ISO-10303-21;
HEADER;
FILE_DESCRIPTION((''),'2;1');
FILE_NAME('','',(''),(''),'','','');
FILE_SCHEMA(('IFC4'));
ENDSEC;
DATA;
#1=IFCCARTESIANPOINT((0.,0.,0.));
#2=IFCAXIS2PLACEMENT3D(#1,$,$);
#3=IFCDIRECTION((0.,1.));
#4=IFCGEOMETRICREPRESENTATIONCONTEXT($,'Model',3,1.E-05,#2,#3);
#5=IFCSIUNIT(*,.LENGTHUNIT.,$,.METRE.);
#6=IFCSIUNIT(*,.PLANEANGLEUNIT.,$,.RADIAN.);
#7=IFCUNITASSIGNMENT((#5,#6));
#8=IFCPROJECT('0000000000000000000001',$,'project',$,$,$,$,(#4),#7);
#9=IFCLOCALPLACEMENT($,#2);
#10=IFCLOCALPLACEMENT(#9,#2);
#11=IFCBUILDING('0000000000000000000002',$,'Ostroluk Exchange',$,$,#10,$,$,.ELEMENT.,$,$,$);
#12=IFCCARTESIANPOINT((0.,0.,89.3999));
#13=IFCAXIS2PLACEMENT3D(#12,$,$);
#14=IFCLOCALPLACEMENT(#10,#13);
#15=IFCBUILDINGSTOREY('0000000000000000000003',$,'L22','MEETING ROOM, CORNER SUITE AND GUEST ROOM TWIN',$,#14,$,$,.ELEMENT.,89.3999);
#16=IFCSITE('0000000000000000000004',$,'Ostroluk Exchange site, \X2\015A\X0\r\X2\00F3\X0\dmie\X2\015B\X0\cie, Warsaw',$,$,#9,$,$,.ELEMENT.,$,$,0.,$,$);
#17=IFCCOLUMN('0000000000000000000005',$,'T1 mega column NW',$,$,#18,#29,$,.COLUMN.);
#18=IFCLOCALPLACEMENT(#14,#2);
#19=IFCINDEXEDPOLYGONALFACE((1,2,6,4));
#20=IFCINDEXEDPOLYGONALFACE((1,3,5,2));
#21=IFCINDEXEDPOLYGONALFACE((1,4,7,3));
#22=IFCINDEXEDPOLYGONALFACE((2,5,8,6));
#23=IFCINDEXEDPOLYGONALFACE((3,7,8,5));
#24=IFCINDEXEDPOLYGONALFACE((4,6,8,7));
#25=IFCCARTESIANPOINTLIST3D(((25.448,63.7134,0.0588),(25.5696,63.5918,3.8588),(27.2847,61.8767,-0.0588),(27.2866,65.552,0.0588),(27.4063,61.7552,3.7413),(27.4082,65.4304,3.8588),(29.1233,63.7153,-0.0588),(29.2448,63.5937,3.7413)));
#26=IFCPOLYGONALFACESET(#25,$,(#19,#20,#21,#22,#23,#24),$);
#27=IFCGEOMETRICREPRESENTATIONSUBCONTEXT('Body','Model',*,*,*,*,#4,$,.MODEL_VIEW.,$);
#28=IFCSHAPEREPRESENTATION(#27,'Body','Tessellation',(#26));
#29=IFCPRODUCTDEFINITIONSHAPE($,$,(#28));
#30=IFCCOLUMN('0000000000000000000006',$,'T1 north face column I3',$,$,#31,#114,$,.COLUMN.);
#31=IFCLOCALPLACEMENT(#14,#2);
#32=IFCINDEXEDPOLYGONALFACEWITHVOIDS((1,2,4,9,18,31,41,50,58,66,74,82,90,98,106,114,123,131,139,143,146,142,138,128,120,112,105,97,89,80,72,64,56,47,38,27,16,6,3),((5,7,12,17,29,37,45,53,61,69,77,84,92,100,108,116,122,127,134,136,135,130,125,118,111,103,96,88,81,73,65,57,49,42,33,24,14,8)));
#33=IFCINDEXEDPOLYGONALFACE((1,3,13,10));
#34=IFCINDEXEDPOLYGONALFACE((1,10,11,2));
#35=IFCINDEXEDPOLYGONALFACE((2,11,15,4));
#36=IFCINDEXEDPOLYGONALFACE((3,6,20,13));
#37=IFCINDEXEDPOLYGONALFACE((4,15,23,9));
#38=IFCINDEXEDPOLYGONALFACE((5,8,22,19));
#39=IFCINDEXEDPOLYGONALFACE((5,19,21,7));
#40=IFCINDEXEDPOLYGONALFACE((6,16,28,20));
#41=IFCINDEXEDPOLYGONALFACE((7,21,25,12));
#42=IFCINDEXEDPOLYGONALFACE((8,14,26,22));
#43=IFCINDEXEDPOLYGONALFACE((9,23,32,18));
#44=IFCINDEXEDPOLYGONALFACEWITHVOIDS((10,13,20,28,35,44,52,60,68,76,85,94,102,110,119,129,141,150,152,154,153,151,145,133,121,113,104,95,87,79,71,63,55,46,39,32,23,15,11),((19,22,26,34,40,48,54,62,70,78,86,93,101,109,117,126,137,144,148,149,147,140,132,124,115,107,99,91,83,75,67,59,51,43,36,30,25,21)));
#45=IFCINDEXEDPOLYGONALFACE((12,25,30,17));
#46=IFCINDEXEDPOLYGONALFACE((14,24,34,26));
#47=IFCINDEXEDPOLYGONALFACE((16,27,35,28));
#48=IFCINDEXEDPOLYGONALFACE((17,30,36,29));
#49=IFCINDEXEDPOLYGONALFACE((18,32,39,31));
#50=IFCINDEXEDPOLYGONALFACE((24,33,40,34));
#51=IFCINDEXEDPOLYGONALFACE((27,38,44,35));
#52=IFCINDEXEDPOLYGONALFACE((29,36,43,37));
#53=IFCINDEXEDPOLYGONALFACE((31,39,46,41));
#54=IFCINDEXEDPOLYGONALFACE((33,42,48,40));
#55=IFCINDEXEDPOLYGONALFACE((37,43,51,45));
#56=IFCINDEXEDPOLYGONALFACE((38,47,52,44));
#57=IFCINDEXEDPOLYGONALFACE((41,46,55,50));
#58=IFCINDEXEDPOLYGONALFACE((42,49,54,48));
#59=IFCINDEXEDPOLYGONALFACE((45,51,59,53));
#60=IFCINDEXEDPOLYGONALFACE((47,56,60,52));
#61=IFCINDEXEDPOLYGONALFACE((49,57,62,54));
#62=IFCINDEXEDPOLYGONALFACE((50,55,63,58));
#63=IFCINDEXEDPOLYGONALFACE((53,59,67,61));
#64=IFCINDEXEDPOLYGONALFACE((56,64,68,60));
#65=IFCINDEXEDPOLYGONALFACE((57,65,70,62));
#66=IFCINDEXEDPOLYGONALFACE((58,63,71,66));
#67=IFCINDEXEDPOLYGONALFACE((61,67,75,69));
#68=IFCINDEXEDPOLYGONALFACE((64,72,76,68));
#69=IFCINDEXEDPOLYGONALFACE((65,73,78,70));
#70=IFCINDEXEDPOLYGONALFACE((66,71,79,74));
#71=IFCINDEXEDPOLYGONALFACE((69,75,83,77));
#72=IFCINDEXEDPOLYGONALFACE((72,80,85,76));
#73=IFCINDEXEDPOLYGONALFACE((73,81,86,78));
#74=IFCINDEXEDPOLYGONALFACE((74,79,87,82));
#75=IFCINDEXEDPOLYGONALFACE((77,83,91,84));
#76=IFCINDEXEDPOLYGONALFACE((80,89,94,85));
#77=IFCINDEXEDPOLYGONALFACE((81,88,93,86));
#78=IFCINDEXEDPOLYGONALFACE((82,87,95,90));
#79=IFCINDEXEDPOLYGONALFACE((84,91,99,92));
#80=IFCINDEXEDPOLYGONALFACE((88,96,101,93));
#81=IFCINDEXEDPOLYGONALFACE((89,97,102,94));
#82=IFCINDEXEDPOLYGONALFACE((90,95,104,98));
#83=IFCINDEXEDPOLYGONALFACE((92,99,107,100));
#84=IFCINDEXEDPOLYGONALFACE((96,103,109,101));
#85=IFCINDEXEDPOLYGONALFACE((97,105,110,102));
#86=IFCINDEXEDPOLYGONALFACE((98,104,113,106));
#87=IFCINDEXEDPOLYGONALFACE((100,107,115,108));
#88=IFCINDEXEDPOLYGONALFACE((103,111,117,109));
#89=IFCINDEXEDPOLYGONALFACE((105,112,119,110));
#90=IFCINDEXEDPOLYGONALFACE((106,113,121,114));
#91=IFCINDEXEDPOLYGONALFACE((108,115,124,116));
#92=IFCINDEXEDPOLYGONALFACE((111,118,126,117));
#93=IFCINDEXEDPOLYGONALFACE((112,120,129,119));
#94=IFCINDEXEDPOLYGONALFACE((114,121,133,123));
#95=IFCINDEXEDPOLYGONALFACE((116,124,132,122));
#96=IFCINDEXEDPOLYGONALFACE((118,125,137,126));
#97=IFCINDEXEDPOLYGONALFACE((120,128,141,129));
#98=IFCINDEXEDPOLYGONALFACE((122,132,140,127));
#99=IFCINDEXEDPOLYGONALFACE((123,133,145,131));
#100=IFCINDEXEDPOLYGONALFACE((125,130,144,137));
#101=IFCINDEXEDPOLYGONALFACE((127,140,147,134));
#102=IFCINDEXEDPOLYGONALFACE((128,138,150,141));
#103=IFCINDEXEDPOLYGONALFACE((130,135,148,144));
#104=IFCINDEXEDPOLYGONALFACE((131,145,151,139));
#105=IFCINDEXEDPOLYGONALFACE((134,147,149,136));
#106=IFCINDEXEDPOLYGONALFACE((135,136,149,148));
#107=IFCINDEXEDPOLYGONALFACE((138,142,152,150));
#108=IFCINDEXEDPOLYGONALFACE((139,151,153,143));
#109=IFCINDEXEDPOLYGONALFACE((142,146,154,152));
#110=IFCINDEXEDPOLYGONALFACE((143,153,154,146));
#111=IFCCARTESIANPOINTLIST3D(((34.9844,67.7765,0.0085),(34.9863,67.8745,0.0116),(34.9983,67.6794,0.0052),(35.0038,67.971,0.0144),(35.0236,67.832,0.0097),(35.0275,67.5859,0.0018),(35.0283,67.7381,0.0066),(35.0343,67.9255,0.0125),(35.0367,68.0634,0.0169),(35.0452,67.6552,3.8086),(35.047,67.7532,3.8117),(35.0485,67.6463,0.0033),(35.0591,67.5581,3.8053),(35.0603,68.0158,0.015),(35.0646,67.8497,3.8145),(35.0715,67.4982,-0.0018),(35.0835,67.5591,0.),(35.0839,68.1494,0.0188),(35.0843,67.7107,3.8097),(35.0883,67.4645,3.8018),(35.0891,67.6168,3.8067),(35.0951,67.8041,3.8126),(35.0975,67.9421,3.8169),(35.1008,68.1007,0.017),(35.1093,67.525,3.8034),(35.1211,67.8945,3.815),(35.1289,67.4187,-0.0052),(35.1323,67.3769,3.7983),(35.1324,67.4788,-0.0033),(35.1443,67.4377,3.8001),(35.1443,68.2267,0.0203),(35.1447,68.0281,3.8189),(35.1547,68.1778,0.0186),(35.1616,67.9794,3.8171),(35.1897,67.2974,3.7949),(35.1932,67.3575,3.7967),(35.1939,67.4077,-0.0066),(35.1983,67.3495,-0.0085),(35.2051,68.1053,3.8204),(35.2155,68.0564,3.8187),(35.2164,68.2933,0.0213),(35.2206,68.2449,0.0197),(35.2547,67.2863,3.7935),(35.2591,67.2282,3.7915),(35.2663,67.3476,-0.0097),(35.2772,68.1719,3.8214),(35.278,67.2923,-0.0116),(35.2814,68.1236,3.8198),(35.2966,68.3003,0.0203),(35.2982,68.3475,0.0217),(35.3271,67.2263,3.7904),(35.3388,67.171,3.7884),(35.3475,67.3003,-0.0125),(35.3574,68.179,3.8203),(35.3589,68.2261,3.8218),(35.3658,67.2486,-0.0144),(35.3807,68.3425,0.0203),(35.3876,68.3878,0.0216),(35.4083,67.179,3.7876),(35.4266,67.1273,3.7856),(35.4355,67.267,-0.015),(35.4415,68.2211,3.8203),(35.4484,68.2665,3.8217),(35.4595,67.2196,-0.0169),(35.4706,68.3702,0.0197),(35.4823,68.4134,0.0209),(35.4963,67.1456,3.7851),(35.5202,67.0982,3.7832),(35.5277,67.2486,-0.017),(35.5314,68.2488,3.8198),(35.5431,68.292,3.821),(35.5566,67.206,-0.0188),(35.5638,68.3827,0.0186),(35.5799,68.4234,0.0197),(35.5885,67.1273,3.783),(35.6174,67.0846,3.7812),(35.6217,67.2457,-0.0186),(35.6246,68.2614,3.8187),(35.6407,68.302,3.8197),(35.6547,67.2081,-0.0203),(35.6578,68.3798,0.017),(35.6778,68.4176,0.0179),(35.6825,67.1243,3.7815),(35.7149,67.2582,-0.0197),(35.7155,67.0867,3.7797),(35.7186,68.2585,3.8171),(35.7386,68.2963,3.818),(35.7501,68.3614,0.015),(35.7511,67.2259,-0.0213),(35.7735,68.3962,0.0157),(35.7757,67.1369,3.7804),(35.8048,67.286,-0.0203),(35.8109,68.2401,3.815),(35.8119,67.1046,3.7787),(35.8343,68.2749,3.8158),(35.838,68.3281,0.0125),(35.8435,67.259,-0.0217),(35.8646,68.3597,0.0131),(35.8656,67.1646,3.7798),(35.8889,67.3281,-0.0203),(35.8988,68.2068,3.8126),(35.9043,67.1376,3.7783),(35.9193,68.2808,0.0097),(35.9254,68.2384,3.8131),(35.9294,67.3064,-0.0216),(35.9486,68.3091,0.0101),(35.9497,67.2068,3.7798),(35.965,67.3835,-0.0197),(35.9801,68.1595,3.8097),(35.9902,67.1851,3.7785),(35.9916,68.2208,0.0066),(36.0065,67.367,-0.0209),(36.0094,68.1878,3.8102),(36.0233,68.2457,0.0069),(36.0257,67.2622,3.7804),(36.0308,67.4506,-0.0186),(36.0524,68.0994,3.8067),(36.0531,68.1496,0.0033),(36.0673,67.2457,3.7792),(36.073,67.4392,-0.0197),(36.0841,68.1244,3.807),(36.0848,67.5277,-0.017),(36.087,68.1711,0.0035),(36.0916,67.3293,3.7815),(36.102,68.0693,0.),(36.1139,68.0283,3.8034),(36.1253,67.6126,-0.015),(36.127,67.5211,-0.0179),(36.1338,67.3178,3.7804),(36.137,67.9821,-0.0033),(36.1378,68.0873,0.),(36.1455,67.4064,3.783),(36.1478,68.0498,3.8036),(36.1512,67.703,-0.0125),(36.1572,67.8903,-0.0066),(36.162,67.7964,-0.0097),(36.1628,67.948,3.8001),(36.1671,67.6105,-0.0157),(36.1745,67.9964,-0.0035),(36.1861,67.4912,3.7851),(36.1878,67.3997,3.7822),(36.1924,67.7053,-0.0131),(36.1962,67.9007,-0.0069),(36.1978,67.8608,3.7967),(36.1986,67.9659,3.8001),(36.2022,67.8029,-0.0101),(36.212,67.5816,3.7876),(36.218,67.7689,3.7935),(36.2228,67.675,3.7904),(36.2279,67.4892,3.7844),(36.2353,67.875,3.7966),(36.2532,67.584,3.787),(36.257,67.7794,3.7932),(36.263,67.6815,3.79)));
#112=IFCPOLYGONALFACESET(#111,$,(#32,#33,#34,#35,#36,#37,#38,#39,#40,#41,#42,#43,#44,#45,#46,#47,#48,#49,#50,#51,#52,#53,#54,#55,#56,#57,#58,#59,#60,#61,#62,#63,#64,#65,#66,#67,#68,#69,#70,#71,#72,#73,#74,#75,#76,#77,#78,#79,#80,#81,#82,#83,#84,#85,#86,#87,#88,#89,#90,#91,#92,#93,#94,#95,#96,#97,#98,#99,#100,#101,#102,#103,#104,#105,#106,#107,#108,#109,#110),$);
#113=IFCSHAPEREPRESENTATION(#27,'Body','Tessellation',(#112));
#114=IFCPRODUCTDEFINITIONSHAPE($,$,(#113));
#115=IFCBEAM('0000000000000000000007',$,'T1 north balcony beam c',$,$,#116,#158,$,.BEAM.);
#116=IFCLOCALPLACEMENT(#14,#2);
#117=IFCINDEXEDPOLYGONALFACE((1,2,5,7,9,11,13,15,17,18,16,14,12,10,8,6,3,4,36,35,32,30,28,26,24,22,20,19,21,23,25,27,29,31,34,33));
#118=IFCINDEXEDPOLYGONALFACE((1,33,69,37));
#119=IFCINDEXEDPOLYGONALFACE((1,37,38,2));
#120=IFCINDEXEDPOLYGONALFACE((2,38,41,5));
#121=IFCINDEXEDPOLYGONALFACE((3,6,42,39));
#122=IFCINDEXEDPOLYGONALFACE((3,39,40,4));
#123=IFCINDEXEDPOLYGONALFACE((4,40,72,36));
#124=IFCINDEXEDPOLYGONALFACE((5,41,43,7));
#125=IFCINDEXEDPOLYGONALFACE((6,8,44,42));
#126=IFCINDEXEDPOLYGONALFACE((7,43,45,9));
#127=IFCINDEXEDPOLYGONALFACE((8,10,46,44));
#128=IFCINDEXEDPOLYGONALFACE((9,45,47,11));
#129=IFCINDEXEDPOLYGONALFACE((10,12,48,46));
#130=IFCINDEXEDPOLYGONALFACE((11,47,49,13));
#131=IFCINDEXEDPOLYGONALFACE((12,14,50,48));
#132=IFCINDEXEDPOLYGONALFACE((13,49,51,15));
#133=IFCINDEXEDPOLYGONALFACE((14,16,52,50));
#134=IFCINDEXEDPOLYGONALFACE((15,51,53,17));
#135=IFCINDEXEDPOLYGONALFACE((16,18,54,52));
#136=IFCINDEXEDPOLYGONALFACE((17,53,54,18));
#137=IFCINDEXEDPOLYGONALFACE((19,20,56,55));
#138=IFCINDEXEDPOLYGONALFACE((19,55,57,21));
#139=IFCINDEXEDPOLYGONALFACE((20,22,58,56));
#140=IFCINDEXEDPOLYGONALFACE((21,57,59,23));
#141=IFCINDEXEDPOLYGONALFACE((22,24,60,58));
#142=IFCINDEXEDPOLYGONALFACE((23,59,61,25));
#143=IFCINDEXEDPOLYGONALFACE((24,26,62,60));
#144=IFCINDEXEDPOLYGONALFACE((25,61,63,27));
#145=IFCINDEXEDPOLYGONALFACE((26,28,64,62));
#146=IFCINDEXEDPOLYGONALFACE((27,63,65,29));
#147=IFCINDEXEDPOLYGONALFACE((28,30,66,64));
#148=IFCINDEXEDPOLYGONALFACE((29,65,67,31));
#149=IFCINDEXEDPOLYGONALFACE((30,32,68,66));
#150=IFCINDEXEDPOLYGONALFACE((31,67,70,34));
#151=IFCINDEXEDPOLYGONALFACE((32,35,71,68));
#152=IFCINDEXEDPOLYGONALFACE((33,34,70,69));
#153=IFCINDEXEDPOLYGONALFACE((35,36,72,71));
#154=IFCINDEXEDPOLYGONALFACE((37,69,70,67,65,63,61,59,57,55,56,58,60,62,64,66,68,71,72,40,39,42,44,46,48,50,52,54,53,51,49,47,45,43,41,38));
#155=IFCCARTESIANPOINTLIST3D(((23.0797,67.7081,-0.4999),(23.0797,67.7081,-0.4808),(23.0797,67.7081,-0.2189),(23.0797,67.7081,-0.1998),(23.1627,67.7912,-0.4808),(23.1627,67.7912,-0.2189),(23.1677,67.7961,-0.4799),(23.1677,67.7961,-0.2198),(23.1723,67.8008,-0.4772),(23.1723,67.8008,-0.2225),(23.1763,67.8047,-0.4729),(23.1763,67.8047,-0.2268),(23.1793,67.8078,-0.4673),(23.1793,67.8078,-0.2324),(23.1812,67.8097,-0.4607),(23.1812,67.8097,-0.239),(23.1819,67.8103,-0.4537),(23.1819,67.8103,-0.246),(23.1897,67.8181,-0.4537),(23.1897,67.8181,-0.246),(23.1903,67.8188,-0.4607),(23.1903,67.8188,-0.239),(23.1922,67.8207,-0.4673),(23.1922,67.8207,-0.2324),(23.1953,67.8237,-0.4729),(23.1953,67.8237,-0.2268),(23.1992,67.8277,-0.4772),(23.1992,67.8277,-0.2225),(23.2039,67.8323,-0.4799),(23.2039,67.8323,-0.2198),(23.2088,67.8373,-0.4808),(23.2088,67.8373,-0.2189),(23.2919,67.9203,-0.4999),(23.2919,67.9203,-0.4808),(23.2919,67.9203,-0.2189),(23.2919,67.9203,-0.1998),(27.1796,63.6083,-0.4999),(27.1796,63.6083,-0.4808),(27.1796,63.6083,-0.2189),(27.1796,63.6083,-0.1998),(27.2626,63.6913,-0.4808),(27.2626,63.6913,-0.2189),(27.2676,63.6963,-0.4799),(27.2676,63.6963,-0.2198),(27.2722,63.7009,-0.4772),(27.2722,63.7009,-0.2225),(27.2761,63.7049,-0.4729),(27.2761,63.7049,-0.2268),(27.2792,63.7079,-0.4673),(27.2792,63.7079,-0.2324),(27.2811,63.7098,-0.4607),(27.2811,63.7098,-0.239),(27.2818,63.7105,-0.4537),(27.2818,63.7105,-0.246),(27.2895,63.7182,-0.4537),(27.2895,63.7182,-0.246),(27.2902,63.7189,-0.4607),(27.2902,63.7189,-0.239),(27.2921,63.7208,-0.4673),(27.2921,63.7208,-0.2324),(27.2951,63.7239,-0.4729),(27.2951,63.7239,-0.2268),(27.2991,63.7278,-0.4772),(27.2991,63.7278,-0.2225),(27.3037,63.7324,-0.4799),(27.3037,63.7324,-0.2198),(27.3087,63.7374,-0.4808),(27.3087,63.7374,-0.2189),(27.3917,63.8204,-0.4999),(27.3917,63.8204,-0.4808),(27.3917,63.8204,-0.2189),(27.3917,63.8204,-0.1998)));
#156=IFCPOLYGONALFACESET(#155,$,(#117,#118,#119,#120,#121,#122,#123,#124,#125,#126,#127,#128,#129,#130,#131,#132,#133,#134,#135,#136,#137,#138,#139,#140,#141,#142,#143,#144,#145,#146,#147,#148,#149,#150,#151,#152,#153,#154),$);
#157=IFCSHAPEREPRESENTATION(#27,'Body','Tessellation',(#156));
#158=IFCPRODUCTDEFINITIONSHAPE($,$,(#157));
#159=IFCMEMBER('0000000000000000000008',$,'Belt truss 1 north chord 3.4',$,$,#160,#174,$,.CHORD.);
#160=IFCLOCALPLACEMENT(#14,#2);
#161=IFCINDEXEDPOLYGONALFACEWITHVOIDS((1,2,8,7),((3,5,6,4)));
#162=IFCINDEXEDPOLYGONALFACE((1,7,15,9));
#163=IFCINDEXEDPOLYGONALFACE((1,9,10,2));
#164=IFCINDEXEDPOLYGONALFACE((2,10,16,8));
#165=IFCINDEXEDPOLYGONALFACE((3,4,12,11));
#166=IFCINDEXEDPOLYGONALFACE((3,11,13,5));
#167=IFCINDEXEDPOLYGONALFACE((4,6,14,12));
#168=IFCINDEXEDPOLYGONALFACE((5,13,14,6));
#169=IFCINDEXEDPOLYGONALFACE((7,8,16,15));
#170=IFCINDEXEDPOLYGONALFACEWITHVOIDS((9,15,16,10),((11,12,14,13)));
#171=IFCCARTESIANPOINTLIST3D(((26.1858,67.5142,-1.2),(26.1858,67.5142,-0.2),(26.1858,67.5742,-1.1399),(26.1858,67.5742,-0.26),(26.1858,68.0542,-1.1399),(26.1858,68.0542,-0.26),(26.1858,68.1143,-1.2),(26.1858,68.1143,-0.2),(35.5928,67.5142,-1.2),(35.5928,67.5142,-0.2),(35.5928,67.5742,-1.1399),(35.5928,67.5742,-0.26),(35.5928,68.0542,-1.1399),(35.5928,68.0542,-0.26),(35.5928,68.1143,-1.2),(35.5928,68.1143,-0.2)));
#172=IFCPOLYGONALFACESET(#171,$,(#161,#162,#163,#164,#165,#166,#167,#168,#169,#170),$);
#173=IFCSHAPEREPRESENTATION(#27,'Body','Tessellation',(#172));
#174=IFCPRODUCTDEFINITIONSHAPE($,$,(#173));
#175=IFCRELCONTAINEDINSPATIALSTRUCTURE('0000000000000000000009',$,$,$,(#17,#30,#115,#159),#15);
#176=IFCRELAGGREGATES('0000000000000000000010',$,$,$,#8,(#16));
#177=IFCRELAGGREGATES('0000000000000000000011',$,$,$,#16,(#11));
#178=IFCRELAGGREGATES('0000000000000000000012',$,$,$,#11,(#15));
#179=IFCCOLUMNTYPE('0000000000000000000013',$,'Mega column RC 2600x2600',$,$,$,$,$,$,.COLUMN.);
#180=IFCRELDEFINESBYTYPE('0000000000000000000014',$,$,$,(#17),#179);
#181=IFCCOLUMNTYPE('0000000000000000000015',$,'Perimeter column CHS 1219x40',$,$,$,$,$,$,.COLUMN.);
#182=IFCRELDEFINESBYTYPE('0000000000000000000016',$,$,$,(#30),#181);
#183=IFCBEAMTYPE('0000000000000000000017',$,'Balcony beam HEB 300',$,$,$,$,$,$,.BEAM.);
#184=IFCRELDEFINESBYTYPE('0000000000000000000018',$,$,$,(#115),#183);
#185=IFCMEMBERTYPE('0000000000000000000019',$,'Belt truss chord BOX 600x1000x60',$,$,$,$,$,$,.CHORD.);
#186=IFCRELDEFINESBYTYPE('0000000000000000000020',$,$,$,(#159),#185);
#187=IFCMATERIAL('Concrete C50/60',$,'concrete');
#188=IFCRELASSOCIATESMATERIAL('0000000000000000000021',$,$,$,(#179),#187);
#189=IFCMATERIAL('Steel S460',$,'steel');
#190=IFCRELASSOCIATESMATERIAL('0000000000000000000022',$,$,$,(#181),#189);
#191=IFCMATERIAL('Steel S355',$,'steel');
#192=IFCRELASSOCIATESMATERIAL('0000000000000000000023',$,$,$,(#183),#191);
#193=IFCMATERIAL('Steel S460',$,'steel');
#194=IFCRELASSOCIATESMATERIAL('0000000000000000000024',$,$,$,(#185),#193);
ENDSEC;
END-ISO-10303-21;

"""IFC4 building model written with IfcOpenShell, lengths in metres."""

from ifc_helpers import new_model, si_unit, direction, frame, origin, origin_2d, place, context, subcontext, project, spatial, rectangle, hollow_rectangle, hollow_circle, i_section, extrude, material, material_profile, profile_set, type_object, element, save


model = new_model("IFC4")

# Units and contexts
model_context = context("Model", 3, precision=1e-05, world=origin(), true_north=direction((0.0, 1.0)))
body_context = subcontext(model_context, "Body", "Model", "MODEL_VIEW")
ifc_project = project(units=[si_unit("LENGTHUNIT", "METRE"), si_unit("PLANEANGLEUNIT", "RADIAN")], contexts=[model_context])

# Site, building, storey
site_placement = place(None, origin())
site = spatial("IfcSite", under=ifc_project, at=site_placement, Name="Ostroluk Exchange site, Śródmieście, Warsaw", CompositionType="ELEMENT", RefElevation=0.0)
building_placement = place(site_placement, origin())
building = spatial("IfcBuilding", under=site, at=building_placement, Name="Ostroluk Exchange", CompositionType="ELEMENT")
storey_placement = place(building_placement, frame((0.0, 0.0, 89.3999)))
storey = spatial("IfcBuildingStorey", under=building, at=storey_placement, Name="L22", Description="MEETING ROOM, CORNER SUITE AND GUEST ROOM TWIN", CompositionType="ELEMENT", Elevation=89.3999)

# Columns
ifc_material_1 = material(Name="Concrete C50/60", Category="concrete")
ifc_material_profile_1 = material_profile(ifc_material_1, rectangle(XDim=2.6001, YDim=2.6001, at=origin_2d()), Name="RC 2600x2600")
ifc_profile_set_1 = profile_set([ifc_material_profile_1], Name="Concrete C50/60")
column_type_1 = type_object("IfcColumnType", Name="Mega column RC 2600x2600", PredefinedType="COLUMN", material=ifc_profile_set_1)
column_1_placement = place(storey_placement, frame((27.2856, 63.7144, 0.0), z_axis=(0.031962, -0.031962, 0.998978), x_axis=(0.707107, 0.707107, 0.0)))
element("IfcColumn", 1, at=column_1_placement, inside=storey, type_object=column_type_1, Name="T1 mega column NW", PredefinedType="COLUMN", context=body_context, shape_type="SweptSolid", body=[
    extrude(rectangle(XDim=2.6001, YDim=2.6001, at=origin_2d()), origin(), (0.0, 0.0, 1.0), 3.804),
])
ifc_material_2 = material(Name="Steel S460", Category="steel")
ifc_material_profile_2 = material_profile(ifc_material_2, hollow_circle(Radius=0.6096, WallThickness=0.04, at=origin_2d()), Name="CHS 1219x40")
ifc_profile_set_2 = profile_set([ifc_material_profile_2], Name="Steel S460")
column_type_2 = type_object("IfcColumnType", Name="Perimeter column CHS 1219x40", PredefinedType="COLUMN", material=ifc_profile_set_2)
column_2_placement = place(storey_placement, frame((35.5928, 67.8142, 0.0), z_axis=(0.015987, -0.03191, 0.999363), x_axis=(0.894067, 0.447933, 0.0)))
element("IfcColumn", 2, at=column_2_placement, inside=storey, type_object=column_type_2, Name="T1 north face column I3", PredefinedType="COLUMN", context=body_context, shape_type="SweptSolid", body=[
    extrude(hollow_circle(Radius=0.6096, WallThickness=0.04, at=origin_2d()), origin(), (0.0, 0.0, 1.0), 3.8025),
])

# Beam
ifc_material_3 = material(Name="Steel S355", Category="steel")
ifc_material_profile_3 = material_profile(ifc_material_3, i_section(OverallWidth=0.3, OverallDepth=0.3, WebThickness=0.011, FlangeThickness=0.019, FilletRadius=0.0271, at=origin_2d()), Name="HEB 300")
ifc_profile_set_3 = profile_set([ifc_material_profile_3], Name="Steel S355")
beam_type_1 = type_object("IfcBeamType", Name="Balcony beam HEB 300", PredefinedType="BEAM", material=ifc_profile_set_3)
beam_1_placement = place(storey_placement, frame((27.2856, 63.7144, -0.3499), z_axis=(-0.707107, 0.707107, 0.0), x_axis=(-0.707107, -0.707107, 0.0)))
element("IfcBeam", 3, at=beam_1_placement, inside=storey, type_object=beam_type_1, Name="T1 north balcony beam c", PredefinedType="BEAM", context=body_context, shape_type="SweptSolid", body=[
    extrude(i_section(OverallWidth=0.3, OverallDepth=0.3, WebThickness=0.011, FlangeThickness=0.019, FilletRadius=0.0271, at=origin_2d()), origin(), (0.0, 0.0, 1.0), 5.7981),
])

# Member
ifc_material_4 = material(Name="Steel S460", Category="steel")
ifc_material_profile_4 = material_profile(ifc_material_4, hollow_rectangle(XDim=0.6001, YDim=1.0, WallThickness=0.0601, at=origin_2d()), Name="BOX 600x1000x60")
ifc_profile_set_4 = profile_set([ifc_material_profile_4], Name="Steel S460")
member_type_1 = type_object("IfcMemberType", Name="Belt truss chord BOX 600x1000x60", PredefinedType="CHORD", material=ifc_profile_set_4)
member_1_placement = place(storey_placement, frame((35.5928, 67.8142, -0.7), z_axis=(-1.0, 0.0, 0.0), x_axis=(0.0, -1.0, 0.0)))
element("IfcMember", 4, at=member_1_placement, inside=storey, type_object=member_type_1, Name="Belt truss 1 north chord 3.4", PredefinedType="CHORD", context=body_context, shape_type="SweptSolid", body=[
    extrude(hollow_rectangle(XDim=0.6001, YDim=1.0, WallThickness=0.0601, at=origin_2d()), origin(), (0.0, 0.0, 1.0), 9.407),
])

save(model, "model.ifc")
